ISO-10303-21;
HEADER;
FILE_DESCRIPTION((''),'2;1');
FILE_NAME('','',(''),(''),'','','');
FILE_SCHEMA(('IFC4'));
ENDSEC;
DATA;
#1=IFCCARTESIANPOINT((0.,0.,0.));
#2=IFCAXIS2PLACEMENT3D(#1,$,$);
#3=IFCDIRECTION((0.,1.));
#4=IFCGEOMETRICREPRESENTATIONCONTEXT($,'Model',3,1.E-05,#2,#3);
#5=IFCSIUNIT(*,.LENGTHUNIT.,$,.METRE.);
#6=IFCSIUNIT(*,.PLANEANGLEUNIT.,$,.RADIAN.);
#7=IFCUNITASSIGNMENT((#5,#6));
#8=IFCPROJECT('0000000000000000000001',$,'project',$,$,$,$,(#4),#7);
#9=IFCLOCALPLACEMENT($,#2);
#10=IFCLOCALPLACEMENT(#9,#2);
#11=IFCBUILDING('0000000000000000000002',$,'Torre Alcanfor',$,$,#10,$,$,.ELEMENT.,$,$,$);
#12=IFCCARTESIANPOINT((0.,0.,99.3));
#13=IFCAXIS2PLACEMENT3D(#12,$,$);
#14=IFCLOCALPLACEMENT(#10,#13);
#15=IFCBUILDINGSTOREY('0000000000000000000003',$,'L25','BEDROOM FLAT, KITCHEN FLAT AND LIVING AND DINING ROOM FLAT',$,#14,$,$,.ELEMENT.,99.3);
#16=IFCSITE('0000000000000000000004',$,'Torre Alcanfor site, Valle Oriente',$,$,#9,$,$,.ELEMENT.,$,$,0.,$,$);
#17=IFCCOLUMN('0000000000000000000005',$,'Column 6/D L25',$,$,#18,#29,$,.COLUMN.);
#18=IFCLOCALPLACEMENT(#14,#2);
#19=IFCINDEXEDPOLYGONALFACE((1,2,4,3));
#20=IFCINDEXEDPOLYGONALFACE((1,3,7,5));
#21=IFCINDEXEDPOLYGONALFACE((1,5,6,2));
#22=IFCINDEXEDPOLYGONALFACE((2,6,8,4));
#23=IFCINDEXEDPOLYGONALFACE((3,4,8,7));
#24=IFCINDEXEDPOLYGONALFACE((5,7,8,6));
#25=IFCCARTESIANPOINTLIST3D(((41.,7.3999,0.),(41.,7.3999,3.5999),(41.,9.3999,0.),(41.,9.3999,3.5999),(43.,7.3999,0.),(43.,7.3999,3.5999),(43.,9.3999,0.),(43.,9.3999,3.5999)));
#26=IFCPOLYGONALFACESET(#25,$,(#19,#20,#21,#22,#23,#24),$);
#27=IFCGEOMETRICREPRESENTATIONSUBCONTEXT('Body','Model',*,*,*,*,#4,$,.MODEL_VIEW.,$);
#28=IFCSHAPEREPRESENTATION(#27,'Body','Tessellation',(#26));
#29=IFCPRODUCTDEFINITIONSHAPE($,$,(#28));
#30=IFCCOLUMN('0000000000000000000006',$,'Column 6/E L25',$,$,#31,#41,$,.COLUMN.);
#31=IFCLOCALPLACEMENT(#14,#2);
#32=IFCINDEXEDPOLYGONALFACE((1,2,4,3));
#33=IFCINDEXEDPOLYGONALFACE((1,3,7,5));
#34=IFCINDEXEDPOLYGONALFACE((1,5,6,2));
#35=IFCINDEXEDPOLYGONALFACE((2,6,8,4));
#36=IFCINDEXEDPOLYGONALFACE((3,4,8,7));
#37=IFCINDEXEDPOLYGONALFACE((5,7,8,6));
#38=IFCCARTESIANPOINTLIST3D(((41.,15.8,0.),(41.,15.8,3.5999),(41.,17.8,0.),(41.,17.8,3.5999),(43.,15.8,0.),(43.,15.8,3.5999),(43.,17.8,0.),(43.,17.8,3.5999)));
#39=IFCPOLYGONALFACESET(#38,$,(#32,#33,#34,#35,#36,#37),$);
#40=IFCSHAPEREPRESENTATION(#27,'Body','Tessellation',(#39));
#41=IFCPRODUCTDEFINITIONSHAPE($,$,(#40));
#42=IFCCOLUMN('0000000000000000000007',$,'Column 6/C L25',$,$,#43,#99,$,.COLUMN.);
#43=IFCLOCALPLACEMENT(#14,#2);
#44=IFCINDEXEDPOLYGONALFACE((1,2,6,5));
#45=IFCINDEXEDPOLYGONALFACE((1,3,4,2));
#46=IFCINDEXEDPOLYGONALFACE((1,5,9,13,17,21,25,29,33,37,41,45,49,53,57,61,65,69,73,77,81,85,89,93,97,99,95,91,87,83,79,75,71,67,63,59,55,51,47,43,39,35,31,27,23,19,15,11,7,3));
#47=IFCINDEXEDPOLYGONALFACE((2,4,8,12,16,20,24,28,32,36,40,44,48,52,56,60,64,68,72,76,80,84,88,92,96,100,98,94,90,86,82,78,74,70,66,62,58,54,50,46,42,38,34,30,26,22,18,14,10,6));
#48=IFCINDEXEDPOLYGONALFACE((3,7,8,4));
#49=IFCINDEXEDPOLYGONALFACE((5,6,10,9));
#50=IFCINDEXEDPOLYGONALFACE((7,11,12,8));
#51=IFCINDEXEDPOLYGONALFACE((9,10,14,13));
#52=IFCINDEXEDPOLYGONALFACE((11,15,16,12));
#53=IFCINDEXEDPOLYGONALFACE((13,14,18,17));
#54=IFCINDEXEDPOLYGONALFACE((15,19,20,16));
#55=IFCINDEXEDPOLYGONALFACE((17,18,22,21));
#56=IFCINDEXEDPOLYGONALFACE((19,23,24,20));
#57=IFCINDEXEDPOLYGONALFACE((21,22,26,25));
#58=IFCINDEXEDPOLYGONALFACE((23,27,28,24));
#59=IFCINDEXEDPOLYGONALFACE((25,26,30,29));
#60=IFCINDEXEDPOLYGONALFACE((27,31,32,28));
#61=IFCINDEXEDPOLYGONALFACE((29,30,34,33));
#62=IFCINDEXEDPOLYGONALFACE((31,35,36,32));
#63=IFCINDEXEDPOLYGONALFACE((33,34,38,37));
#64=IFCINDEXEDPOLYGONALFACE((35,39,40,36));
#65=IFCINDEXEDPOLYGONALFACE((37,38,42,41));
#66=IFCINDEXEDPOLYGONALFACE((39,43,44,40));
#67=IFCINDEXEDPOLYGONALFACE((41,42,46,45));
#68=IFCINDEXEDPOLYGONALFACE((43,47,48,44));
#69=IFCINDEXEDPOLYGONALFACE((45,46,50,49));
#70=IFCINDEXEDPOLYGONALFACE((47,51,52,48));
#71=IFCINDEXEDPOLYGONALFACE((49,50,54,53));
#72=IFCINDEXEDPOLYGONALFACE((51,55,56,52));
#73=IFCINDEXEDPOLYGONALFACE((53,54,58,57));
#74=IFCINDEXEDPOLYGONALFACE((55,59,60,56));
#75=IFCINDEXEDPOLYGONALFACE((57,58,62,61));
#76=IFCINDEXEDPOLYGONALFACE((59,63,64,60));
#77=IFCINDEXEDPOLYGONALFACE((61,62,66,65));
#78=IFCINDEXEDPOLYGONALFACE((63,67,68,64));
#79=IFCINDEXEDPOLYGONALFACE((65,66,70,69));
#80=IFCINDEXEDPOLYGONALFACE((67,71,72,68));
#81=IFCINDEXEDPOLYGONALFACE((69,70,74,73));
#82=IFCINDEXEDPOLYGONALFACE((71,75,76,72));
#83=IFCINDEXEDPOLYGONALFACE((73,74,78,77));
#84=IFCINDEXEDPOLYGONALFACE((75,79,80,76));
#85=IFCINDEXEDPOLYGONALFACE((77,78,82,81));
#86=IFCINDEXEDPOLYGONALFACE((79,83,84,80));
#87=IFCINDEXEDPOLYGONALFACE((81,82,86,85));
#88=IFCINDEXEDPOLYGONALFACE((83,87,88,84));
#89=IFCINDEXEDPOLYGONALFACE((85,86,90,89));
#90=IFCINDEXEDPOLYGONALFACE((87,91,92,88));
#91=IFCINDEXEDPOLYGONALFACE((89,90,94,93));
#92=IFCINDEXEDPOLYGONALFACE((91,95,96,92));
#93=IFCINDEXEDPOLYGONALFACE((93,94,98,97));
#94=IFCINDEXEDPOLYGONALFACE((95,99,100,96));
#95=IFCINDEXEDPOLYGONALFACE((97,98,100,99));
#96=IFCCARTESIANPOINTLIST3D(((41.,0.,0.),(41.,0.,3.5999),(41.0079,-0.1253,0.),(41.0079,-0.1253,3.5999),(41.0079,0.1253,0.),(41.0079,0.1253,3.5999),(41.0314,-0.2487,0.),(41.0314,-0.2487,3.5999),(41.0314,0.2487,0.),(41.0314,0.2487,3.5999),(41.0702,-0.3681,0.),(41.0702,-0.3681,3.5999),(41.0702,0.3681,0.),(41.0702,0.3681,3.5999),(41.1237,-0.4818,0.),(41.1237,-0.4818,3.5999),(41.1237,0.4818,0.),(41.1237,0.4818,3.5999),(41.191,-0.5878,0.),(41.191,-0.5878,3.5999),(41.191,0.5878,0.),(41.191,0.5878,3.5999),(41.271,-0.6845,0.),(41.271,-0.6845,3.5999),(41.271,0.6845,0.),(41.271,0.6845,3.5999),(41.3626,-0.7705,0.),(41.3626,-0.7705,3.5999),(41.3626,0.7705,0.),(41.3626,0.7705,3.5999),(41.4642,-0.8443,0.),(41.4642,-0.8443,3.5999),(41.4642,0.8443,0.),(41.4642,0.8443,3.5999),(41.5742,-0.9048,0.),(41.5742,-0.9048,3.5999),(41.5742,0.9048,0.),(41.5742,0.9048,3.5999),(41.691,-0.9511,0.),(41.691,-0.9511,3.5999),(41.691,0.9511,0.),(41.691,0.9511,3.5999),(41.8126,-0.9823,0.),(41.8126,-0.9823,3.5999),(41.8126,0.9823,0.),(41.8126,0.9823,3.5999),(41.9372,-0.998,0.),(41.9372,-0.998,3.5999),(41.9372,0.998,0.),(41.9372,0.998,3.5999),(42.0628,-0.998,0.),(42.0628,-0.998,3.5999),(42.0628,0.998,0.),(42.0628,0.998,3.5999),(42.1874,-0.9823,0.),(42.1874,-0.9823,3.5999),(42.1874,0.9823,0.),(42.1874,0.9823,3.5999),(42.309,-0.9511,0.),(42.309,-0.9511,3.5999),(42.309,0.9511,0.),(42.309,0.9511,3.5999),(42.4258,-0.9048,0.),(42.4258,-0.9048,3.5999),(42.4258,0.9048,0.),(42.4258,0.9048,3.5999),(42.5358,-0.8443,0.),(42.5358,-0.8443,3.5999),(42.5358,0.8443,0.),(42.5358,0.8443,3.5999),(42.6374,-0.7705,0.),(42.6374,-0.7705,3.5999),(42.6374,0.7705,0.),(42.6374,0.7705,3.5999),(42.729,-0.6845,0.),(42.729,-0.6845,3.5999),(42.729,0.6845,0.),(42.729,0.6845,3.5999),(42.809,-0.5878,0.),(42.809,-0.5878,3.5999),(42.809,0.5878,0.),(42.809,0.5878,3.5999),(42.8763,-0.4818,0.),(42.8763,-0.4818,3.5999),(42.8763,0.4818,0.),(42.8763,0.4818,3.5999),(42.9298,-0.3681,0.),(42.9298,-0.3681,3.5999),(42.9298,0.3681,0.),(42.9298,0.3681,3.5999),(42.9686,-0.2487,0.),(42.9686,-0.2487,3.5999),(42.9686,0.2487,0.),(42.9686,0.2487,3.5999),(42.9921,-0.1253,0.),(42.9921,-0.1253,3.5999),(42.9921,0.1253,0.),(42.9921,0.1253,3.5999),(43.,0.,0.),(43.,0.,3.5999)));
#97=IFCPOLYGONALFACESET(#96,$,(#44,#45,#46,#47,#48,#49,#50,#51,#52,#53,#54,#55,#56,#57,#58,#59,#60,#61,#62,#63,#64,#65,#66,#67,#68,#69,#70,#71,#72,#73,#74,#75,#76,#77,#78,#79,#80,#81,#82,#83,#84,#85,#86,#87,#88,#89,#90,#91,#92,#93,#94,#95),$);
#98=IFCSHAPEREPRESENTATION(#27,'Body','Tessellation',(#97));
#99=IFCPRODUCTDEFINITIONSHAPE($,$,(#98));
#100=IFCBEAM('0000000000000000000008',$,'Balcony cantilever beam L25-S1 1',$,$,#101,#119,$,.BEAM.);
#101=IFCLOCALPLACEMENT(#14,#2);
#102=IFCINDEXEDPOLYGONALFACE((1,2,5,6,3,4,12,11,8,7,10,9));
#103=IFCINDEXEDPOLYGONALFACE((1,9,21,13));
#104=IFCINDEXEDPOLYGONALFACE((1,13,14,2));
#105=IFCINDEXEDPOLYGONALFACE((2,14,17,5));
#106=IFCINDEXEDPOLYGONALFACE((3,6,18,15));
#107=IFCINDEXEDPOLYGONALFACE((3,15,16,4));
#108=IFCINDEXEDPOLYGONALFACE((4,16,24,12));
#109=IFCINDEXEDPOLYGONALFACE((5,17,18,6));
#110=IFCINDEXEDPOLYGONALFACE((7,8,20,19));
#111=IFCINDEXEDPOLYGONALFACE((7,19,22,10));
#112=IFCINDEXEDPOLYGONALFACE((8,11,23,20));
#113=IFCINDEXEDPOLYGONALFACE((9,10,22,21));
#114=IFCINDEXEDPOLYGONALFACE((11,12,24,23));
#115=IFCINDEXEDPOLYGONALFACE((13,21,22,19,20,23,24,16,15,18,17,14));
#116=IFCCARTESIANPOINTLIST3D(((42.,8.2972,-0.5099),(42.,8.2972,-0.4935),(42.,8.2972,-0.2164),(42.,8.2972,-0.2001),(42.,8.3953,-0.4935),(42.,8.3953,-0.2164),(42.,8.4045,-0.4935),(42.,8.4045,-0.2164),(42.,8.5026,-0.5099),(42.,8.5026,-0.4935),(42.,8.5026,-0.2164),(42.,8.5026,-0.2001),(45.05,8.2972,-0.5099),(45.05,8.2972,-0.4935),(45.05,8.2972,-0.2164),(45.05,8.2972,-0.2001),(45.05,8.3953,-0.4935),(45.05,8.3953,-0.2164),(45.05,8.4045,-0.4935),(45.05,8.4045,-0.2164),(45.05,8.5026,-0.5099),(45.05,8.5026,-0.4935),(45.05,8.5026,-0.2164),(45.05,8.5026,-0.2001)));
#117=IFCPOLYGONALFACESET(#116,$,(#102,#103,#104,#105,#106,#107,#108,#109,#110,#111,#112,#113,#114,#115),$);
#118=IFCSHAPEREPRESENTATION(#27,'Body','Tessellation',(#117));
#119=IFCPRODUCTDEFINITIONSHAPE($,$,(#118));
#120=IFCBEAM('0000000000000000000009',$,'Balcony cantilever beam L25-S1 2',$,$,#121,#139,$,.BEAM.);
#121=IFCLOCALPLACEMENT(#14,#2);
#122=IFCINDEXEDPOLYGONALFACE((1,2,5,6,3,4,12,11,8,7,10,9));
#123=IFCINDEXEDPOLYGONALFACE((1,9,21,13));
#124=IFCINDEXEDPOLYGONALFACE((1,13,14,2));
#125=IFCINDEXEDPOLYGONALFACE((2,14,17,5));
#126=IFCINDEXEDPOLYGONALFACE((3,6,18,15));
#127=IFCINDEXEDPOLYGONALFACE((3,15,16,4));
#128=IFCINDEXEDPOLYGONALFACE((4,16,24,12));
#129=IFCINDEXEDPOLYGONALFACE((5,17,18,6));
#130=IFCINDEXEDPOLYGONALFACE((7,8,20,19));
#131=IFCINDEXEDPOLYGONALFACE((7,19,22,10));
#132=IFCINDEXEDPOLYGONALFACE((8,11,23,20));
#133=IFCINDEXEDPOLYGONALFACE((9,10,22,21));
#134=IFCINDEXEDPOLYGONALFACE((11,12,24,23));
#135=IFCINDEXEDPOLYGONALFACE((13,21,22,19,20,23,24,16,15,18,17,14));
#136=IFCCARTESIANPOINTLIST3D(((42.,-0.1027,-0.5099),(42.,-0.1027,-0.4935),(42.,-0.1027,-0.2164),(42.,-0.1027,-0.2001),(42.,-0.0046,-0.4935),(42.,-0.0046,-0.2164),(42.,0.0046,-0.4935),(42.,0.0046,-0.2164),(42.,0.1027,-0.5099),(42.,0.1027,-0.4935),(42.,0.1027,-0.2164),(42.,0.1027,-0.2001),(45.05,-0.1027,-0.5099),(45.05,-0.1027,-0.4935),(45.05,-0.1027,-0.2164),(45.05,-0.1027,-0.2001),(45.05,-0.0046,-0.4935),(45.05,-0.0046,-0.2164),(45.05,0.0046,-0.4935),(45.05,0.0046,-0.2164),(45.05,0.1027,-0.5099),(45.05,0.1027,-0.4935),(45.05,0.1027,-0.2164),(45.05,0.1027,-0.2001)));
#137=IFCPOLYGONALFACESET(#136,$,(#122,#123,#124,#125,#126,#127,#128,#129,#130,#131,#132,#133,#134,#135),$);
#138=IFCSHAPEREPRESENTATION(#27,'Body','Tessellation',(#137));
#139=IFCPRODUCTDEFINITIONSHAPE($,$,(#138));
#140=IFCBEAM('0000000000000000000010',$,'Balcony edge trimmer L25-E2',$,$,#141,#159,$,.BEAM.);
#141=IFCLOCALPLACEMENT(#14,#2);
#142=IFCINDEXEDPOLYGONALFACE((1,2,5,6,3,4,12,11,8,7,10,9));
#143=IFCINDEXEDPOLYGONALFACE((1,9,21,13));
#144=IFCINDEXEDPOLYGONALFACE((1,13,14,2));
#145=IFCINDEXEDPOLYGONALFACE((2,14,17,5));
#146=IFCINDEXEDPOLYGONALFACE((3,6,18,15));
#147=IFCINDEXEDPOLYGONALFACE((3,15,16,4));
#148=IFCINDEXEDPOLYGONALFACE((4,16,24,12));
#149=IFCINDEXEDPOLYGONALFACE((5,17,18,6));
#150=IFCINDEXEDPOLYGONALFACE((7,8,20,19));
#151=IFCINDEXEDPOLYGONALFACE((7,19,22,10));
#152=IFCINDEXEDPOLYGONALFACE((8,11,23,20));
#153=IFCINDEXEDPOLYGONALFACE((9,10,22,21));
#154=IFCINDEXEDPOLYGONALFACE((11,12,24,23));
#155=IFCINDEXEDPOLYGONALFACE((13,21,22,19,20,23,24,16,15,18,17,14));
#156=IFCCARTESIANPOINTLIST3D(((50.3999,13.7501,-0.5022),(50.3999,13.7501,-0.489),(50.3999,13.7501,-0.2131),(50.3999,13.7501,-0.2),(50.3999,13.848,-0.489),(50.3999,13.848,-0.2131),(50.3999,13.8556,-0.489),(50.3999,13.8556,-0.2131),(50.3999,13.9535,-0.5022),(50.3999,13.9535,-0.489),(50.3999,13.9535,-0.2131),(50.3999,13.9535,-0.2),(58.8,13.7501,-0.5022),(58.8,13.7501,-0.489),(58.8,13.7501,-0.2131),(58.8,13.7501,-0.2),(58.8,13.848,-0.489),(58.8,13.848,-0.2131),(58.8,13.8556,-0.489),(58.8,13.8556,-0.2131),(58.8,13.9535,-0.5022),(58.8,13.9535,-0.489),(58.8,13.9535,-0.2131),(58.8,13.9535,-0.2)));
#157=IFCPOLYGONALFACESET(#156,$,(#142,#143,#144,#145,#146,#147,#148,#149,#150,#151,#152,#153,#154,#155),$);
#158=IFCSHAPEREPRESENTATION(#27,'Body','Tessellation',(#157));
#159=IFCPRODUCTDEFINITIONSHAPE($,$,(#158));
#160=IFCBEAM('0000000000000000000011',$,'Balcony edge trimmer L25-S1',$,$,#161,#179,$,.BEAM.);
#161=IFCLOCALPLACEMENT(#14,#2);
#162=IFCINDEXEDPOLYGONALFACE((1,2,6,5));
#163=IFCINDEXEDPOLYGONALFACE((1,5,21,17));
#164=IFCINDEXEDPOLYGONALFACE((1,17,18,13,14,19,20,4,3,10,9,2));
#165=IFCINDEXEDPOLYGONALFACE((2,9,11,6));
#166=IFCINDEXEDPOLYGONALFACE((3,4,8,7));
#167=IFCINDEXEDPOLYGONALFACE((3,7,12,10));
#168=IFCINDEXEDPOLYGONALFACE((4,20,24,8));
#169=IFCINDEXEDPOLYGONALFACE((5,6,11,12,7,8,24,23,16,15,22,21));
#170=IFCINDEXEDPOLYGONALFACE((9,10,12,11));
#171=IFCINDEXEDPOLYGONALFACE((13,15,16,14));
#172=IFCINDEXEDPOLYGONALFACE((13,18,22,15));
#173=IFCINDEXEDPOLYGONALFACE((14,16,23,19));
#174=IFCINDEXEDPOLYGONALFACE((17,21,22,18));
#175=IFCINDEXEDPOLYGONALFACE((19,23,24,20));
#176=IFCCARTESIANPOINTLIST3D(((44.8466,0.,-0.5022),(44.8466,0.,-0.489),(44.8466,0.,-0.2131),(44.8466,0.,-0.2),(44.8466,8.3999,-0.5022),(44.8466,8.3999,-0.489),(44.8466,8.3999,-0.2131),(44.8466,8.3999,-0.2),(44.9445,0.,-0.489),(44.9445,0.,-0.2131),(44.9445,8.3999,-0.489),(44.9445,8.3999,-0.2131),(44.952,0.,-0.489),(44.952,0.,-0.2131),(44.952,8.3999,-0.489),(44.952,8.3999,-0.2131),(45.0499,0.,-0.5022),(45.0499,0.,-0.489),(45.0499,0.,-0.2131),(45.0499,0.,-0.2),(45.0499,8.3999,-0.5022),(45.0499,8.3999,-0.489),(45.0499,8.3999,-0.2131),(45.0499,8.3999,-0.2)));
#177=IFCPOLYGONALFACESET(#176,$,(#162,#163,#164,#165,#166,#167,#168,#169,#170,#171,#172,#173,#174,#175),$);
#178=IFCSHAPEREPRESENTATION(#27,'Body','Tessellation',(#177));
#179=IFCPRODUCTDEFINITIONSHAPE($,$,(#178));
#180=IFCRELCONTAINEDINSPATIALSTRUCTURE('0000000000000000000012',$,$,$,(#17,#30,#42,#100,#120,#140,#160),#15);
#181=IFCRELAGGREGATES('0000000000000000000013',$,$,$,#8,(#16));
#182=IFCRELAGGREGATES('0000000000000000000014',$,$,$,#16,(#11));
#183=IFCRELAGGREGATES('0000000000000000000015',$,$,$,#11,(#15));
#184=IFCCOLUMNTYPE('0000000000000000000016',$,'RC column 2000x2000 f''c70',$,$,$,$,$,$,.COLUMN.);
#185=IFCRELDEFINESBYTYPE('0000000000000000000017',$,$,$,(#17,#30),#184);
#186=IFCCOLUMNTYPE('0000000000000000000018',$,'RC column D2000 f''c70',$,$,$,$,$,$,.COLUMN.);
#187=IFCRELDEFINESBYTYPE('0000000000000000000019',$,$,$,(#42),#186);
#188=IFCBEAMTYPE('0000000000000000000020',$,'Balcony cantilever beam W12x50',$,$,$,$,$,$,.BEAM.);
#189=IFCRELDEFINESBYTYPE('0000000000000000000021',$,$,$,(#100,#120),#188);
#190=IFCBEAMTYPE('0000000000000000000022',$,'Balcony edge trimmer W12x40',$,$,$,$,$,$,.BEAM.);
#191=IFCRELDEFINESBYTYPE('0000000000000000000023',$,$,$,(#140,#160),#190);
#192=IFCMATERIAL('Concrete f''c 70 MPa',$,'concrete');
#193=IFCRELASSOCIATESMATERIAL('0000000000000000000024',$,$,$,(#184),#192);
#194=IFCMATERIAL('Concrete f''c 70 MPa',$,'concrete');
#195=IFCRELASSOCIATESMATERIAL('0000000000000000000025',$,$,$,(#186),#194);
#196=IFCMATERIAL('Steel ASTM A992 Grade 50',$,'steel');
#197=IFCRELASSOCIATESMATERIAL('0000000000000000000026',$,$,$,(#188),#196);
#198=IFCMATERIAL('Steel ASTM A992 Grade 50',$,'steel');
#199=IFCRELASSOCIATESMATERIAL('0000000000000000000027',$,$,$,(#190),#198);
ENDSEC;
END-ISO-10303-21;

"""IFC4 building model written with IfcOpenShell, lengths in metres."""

from ifc_helpers import new_model, si_unit, direction, frame, origin, origin_2d, place, context, subcontext, project, spatial, rectangle, circle, i_section, extrude, material, material_profile, profile_set, type_object, element, save


model = new_model("IFC4")

# Units and contexts
model_context = context("Model", 3, precision=1e-05, world=origin(), true_north=direction((0.0, 1.0)))
body_context = subcontext(model_context, "Body", "Model", "MODEL_VIEW")
ifc_project = project(units=[si_unit("LENGTHUNIT", "METRE"), si_unit("PLANEANGLEUNIT", "RADIAN")], contexts=[model_context])

# Site, building, storey
site_placement = place(None, origin())
site = spatial("IfcSite", under=ifc_project, at=site_placement, Name="Torre Alcanfor site, Valle Oriente", CompositionType="ELEMENT", RefElevation=0.0)
building_placement = place(site_placement, origin())
building = spatial("IfcBuilding", under=site, at=building_placement, Name="Torre Alcanfor", CompositionType="ELEMENT")
storey_placement = place(building_placement, frame((0.0, 0.0, 99.3)))
storey = spatial("IfcBuildingStorey", under=building, at=storey_placement, Name="L25", Description="BEDROOM FLAT, KITCHEN FLAT AND LIVING AND DINING ROOM FLAT", CompositionType="ELEMENT", Elevation=99.3)

# Columns
ifc_material_1 = material(Name="Concrete f'c 70 MPa", Category="concrete")
ifc_material_profile_1 = material_profile(ifc_material_1, rectangle(XDim=2.0, YDim=2.0, at=origin_2d()), Name="2000x2000")
ifc_profile_set_1 = profile_set([ifc_material_profile_1], Name="Concrete f'c 70 MPa")
column_type_1 = type_object("IfcColumnType", Name="RC column 2000x2000 f'c70", PredefinedType="COLUMN", material=ifc_profile_set_1)
for number, where, z_axis, x_axis, name in (
    (1, (42.0, 8.3999, 0.0), (0.0, 0.0, 1.0), (1.0, 0.0, 0.0), "Column 6/D L25"),
    (2, (42.0, 16.8, 0.0), (0.0, 0.0, 1.0), (1.0, 0.0, 0.0), "Column 6/E L25"),
):
    element("IfcColumn", number, at=place(storey_placement, frame(where, z_axis=z_axis, x_axis=x_axis)), inside=storey, type_object=column_type_1, Name=name, PredefinedType="COLUMN", context=body_context, shape_type="SweptSolid", body=[
        extrude(rectangle(XDim=2.0, YDim=2.0, at=origin_2d()), origin(), (0.0, 0.0, 1.0), 3.5999),
    ])
ifc_material_2 = material(Name="Concrete f'c 70 MPa", Category="concrete")
ifc_material_profile_2 = material_profile(ifc_material_2, circle(Radius=1.0, at=origin_2d()), Name="D2000")
ifc_profile_set_2 = profile_set([ifc_material_profile_2], Name="Concrete f'c 70 MPa")
column_type_2 = type_object("IfcColumnType", Name="RC column D2000 f'c70", PredefinedType="COLUMN", material=ifc_profile_set_2)
column_placement = place(storey_placement, frame((42.0, 0.0, 0.0), z_axis=(0.0, 0.0, 1.0), x_axis=(1.0, 0.0, 0.0)))
element("IfcColumn", 3, at=column_placement, inside=storey, type_object=column_type_2, Name="Column 6/C L25", PredefinedType="COLUMN", context=body_context, shape_type="SweptSolid", body=[
    extrude(circle(Radius=1.0, at=origin_2d()), origin(), (0.0, 0.0, 1.0), 3.5999),
])

# Beams
ifc_material_3 = material(Name="Steel ASTM A992 Grade 50", Category="steel")
ifc_material_profile_3 = material_profile(ifc_material_3, i_section(OverallWidth=0.2053, OverallDepth=0.3098, WebThickness=0.0093, FlangeThickness=0.0164, at=origin_2d()), Name="W12x50")
ifc_profile_set_3 = profile_set([ifc_material_profile_3], Name="Steel ASTM A992 Grade 50")
beam_type_1 = type_object("IfcBeamType", Name="Balcony cantilever beam W12x50", PredefinedType="BEAM", material=ifc_profile_set_3)
for number, where, z_axis, x_axis, name in (
    (4, (42.0, 8.3999, -0.355), (1.0, 0.0, 0.0), (0.0, 1.0, 0.0), "Balcony cantilever beam L25-S1 1"),
    (5, (42.0, 0.0, -0.355), (1.0, 0.0, 0.0), (0.0, 1.0, 0.0), "Balcony cantilever beam L25-S1 2"),
):
    element("IfcBeam", number, at=place(storey_placement, frame(where, z_axis=z_axis, x_axis=x_axis)), inside=storey, type_object=beam_type_1, Name=name, PredefinedType="BEAM", context=body_context, shape_type="SweptSolid", body=[
        extrude(i_section(OverallWidth=0.2053, OverallDepth=0.3098, WebThickness=0.0093, FlangeThickness=0.0164, at=origin_2d()), origin(), (0.0, 0.0, 1.0), 3.05),
    ])
ifc_material_4 = material(Name="Steel ASTM A992 Grade 50", Category="steel")
ifc_material_profile_4 = material_profile(ifc_material_4, i_section(OverallWidth=0.2034, OverallDepth=0.3022, WebThickness=0.0076, FlangeThickness=0.0132, at=origin_2d()), Name="W12x40")
ifc_profile_set_4 = profile_set([ifc_material_profile_4], Name="Steel ASTM A992 Grade 50")
beam_type_2 = type_object("IfcBeamType", Name="Balcony edge trimmer W12x40", PredefinedType="BEAM", material=ifc_profile_set_4)
beam_1_placement = place(storey_placement, frame((50.3999, 13.8518, -0.3511), z_axis=(1.0, 0.0, 0.0), x_axis=(0.0, 1.0, 0.0)))
element("IfcBeam", 6, at=beam_1_placement, inside=storey, type_object=beam_type_2, Name="Balcony edge trimmer L25-E2", PredefinedType="BEAM", context=body_context, shape_type="SweptSolid", body=[
    extrude(i_section(OverallWidth=0.2034, OverallDepth=0.3022, WebThickness=0.0076, FlangeThickness=0.0132, at=origin_2d()), origin(), (0.0, 0.0, 1.0), 8.4001),
])
beam_2_placement = place(storey_placement, frame((44.9482, 8.3999, -0.3511), z_axis=(0.0, -1.0, 0.0), x_axis=(1.0, 0.0, 0.0)))
element("IfcBeam", 7, at=beam_2_placement, inside=storey, type_object=beam_type_2, Name="Balcony edge trimmer L25-S1", PredefinedType="BEAM", context=body_context, shape_type="SweptSolid", body=[
    extrude(i_section(OverallWidth=0.2034, OverallDepth=0.3022, WebThickness=0.0076, FlangeThickness=0.0132, at=origin_2d()), origin(), (0.0, 0.0, 1.0), 8.3999),
])

save(model, "model.ifc")
